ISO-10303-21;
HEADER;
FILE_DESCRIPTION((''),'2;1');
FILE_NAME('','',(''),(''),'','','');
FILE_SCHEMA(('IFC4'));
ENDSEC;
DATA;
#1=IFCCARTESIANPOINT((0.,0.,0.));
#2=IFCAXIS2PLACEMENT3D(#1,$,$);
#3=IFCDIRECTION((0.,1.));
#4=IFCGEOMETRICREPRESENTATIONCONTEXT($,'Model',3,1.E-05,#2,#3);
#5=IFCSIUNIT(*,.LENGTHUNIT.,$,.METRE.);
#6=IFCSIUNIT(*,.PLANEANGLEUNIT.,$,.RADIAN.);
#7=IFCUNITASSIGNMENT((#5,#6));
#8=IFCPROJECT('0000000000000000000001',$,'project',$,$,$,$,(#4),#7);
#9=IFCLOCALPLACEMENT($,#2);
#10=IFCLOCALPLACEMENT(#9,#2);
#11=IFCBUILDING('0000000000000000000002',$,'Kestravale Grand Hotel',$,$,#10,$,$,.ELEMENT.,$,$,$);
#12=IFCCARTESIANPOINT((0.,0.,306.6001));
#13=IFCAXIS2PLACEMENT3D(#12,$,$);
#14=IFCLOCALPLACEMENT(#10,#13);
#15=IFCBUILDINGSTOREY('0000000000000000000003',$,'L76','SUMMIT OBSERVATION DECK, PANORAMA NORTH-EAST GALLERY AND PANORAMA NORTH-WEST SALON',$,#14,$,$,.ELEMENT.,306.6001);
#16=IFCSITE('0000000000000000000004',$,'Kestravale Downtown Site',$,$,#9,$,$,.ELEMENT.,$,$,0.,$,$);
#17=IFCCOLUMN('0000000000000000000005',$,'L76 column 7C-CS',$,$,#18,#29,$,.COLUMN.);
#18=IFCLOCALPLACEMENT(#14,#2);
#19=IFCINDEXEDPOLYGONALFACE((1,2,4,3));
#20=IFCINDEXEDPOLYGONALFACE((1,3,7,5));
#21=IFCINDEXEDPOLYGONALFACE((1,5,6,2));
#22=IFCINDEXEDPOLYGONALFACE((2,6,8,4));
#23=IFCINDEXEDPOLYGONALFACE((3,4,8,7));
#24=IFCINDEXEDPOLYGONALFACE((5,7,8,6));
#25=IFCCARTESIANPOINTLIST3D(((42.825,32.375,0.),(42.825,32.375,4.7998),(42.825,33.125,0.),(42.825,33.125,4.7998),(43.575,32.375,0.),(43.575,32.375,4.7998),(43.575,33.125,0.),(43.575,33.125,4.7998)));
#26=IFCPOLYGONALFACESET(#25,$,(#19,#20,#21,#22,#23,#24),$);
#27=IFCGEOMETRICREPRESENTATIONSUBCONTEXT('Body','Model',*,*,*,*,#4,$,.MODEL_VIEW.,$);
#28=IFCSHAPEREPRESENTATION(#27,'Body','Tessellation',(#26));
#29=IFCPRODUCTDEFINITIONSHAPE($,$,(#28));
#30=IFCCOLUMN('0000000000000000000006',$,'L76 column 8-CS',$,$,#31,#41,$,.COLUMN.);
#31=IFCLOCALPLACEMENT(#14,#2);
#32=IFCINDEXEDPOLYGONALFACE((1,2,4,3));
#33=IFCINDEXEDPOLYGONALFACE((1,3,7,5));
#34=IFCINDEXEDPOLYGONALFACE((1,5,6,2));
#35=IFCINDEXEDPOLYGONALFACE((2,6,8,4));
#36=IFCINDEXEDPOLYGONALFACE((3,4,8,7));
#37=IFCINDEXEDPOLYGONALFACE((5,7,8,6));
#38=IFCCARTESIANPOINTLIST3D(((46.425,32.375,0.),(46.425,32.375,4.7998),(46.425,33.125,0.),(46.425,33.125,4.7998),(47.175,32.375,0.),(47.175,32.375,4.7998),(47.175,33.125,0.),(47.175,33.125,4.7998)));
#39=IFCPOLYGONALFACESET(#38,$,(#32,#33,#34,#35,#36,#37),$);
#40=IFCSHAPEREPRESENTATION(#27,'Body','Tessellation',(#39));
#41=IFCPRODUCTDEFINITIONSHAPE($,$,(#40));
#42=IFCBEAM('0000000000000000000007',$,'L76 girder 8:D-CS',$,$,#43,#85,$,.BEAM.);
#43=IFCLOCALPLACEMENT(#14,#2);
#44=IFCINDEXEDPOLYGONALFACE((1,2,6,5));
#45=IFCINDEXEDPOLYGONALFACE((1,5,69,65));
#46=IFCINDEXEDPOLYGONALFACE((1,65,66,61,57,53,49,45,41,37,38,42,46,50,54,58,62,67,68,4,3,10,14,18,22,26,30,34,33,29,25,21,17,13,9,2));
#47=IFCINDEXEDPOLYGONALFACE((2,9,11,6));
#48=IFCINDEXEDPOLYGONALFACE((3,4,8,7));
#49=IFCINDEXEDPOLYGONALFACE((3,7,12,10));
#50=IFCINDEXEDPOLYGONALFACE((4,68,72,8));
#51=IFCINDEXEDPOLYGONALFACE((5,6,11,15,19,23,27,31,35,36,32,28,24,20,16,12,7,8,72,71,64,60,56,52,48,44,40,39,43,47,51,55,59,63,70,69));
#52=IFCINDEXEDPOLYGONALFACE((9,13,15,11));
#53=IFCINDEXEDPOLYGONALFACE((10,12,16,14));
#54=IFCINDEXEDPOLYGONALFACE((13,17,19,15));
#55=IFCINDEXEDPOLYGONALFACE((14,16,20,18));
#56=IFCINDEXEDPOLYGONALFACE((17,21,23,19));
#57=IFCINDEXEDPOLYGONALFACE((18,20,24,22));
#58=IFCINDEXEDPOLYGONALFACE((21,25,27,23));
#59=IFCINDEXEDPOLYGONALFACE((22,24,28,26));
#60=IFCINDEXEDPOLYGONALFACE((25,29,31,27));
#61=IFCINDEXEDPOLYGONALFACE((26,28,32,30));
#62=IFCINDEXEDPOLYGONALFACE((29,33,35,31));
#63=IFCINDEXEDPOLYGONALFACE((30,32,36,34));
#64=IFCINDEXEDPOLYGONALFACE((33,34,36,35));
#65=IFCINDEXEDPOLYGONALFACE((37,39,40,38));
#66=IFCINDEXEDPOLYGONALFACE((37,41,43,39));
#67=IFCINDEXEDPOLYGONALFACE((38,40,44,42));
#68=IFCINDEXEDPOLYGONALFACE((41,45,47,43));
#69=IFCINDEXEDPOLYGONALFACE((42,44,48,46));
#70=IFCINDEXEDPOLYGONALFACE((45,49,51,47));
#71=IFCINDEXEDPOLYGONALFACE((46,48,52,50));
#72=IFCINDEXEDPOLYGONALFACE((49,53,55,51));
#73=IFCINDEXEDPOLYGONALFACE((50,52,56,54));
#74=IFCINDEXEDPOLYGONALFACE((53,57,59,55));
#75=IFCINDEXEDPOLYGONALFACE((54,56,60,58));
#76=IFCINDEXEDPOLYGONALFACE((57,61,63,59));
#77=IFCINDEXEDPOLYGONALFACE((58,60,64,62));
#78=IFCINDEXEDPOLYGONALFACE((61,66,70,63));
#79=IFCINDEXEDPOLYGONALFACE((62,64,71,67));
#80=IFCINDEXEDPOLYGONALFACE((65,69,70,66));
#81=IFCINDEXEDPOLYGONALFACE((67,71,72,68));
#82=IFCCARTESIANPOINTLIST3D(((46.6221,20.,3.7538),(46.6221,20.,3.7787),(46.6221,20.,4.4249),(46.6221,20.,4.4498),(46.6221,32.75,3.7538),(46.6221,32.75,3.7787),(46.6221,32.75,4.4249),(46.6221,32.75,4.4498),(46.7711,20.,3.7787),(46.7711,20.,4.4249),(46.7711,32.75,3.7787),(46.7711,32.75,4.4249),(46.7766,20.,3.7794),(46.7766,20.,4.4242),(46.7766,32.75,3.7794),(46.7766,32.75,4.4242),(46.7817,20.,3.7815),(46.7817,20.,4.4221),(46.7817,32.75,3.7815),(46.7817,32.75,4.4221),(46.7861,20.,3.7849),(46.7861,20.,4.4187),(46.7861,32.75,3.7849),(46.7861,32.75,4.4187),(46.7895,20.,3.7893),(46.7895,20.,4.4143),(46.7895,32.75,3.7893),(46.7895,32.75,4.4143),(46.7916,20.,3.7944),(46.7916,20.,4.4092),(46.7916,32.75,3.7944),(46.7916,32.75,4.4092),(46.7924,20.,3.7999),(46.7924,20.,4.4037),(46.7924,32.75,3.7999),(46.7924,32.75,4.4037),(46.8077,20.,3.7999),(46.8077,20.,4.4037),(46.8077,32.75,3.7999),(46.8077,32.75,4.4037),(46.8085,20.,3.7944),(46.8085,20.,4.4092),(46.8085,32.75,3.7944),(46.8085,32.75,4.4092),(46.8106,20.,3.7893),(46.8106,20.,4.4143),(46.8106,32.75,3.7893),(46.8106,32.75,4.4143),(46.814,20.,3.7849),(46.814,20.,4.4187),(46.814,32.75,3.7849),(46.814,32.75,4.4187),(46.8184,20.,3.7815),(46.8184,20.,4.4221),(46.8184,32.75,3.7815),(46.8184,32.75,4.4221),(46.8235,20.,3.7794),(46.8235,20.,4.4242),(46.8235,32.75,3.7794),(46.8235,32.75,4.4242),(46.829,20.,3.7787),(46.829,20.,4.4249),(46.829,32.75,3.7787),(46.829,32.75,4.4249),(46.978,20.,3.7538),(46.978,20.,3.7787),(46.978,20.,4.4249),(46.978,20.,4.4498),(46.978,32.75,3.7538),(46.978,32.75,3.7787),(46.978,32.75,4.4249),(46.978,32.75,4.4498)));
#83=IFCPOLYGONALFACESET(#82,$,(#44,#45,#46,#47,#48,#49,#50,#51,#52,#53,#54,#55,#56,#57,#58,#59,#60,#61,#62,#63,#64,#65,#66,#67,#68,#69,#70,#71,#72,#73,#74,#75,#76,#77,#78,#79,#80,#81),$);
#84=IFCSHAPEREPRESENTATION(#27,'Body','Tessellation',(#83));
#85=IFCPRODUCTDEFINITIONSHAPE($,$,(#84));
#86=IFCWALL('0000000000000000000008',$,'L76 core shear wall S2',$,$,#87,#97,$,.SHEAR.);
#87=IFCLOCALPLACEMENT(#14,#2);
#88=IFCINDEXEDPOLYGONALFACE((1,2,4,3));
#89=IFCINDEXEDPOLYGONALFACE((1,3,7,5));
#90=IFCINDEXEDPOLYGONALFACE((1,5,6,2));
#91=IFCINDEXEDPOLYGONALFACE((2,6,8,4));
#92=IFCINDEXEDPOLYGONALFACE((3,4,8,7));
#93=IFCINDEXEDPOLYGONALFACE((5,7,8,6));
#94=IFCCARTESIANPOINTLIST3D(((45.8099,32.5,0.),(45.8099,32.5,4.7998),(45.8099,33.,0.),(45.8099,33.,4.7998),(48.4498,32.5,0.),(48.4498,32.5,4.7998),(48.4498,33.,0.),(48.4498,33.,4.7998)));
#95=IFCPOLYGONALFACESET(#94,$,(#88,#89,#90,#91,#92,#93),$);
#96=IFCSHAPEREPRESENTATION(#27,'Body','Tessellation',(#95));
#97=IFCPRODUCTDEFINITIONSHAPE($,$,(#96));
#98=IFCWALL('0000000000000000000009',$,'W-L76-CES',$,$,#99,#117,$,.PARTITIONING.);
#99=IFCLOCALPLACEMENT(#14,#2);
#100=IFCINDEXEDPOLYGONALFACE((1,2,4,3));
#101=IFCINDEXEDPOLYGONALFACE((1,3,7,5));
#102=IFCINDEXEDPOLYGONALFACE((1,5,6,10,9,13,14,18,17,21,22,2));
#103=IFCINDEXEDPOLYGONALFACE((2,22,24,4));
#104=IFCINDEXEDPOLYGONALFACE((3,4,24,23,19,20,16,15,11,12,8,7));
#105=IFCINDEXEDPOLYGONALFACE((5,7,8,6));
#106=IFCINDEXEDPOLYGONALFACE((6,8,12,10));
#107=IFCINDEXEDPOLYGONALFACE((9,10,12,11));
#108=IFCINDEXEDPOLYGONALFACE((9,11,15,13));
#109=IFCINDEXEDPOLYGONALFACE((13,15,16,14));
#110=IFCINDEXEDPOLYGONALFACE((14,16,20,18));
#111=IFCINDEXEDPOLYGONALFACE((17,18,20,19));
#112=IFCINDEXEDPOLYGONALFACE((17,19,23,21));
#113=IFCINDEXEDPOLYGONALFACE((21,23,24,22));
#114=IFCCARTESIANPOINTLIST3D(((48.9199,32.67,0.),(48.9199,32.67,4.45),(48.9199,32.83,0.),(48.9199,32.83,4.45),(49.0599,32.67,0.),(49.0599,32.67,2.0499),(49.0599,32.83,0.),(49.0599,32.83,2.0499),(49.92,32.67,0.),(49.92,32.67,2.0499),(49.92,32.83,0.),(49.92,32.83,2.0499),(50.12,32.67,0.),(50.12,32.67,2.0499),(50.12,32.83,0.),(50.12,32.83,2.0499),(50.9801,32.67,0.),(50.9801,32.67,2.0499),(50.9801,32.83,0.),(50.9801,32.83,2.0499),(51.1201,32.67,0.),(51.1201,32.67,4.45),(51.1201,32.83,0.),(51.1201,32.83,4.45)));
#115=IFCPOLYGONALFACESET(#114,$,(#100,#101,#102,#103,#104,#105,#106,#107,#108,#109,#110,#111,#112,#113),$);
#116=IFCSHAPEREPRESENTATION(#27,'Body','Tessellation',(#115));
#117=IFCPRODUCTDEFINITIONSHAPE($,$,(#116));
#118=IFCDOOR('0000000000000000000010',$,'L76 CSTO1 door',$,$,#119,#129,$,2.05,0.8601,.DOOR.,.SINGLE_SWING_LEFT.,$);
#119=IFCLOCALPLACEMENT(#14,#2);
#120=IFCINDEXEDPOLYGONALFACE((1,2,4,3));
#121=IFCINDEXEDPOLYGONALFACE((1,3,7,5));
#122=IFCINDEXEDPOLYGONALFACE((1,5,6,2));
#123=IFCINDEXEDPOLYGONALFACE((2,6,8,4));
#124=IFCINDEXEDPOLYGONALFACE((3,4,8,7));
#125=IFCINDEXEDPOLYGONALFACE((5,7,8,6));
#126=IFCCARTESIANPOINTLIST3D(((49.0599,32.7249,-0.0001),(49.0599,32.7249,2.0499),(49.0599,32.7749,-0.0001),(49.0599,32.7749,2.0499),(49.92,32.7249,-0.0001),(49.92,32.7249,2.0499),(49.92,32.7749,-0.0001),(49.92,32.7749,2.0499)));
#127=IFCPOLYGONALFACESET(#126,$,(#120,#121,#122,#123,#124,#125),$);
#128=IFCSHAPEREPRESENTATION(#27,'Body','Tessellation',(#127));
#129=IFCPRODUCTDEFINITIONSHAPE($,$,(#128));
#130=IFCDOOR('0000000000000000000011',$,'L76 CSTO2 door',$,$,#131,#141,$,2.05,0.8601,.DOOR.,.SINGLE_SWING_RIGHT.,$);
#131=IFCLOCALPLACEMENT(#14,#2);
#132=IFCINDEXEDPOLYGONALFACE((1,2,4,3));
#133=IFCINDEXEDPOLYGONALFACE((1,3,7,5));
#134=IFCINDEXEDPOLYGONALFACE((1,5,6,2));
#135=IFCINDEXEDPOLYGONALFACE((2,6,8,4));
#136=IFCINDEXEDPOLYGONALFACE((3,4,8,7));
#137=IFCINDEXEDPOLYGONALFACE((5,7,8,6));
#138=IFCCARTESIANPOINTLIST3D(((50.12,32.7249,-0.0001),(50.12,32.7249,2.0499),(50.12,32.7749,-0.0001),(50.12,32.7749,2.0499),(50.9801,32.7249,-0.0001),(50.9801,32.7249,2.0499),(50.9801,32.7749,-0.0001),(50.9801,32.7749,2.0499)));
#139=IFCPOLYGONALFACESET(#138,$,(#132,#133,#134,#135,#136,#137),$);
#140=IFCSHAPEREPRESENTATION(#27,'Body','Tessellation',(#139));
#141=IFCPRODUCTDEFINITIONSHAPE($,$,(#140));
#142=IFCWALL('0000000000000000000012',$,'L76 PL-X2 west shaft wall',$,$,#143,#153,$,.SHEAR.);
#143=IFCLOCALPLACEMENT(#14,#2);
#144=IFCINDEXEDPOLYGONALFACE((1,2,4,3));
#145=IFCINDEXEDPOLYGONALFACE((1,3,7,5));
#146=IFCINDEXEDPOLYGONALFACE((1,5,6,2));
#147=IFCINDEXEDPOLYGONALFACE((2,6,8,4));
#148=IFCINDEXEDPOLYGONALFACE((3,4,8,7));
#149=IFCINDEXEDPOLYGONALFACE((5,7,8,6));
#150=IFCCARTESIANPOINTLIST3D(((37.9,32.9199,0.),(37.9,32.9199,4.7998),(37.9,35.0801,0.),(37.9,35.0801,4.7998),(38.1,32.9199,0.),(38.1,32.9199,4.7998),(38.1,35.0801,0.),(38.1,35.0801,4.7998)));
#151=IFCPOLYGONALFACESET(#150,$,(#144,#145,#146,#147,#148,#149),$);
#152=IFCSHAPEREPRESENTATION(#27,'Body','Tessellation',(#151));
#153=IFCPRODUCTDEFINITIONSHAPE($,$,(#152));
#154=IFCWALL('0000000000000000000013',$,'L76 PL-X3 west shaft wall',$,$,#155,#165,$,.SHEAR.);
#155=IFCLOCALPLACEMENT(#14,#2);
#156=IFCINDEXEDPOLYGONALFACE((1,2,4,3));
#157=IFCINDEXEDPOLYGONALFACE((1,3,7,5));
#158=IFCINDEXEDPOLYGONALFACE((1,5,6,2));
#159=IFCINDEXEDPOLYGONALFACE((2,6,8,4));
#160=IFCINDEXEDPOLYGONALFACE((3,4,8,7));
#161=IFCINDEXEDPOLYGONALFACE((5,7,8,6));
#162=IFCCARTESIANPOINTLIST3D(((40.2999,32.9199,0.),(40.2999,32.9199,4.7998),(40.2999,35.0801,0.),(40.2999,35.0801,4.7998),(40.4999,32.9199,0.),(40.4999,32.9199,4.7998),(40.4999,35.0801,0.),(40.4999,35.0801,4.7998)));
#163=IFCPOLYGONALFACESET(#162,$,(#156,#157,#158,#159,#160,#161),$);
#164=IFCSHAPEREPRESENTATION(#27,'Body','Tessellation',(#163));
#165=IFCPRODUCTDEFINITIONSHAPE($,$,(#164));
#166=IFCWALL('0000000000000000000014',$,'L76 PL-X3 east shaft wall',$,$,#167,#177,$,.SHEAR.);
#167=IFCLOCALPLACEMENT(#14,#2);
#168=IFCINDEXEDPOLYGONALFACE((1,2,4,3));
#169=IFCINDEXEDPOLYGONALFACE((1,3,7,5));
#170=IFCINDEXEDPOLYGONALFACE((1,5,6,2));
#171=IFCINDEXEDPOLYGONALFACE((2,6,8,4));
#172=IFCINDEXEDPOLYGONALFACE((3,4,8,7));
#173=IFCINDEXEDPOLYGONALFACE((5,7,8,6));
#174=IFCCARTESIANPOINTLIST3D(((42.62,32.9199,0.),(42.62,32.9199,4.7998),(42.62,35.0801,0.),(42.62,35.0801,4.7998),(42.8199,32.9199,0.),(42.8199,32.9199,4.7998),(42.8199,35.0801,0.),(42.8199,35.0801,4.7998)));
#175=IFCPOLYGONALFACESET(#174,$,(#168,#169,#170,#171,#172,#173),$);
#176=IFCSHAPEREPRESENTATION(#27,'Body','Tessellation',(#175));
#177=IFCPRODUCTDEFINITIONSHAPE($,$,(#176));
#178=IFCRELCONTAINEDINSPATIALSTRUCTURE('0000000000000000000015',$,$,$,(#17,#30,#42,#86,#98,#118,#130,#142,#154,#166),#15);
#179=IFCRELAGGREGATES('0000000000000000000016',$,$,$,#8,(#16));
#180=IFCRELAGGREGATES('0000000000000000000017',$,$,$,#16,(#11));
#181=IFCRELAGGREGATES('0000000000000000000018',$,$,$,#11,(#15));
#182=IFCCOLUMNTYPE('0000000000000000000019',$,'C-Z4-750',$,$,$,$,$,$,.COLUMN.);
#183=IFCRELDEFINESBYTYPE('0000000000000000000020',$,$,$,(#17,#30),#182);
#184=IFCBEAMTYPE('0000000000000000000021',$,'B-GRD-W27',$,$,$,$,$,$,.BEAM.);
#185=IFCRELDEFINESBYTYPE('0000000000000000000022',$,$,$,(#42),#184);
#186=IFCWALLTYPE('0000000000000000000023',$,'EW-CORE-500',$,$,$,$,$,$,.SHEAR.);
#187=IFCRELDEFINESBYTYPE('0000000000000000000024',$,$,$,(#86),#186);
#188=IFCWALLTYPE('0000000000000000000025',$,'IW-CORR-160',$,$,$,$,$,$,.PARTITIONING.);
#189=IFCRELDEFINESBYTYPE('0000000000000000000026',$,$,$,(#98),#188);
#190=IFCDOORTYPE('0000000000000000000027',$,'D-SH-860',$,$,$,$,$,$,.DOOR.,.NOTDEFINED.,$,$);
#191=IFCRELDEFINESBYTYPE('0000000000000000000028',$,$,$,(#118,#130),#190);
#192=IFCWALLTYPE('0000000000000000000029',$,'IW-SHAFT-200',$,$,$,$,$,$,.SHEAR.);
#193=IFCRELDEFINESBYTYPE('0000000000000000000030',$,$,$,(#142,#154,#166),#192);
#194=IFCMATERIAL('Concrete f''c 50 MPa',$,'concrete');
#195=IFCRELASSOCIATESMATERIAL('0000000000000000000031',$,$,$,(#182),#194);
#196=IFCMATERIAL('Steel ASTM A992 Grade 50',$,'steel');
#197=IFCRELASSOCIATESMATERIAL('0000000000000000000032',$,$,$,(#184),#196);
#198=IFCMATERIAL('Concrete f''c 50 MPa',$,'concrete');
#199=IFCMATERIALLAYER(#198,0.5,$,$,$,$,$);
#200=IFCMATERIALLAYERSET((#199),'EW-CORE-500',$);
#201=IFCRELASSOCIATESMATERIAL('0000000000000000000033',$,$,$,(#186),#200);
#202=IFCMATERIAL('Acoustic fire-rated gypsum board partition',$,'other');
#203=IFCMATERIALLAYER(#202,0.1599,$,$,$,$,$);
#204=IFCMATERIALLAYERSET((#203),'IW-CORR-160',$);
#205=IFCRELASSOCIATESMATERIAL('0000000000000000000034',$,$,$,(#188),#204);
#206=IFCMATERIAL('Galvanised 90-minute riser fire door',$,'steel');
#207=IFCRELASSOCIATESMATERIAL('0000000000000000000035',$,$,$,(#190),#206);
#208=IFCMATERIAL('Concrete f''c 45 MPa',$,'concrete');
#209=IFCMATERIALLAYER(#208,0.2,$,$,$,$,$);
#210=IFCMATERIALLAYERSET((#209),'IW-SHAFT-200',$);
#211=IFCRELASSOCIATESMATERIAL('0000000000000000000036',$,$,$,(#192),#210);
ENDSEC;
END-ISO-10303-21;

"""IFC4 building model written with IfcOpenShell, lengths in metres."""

from ifc_helpers import new_model, si_unit, direction, frame, frame_2d, origin, origin_2d, place, context, subcontext, project, spatial, rectangle, i_section, extrude, material, layer, layer_set, material_profile, profile_set, type_object, element, fill, save


model = new_model("IFC4")

# Units and contexts
model_context = context("Model", 3, precision=1e-05, world=origin(), true_north=direction((0.0, 1.0)))
body_context = subcontext(model_context, "Body", "Model", "MODEL_VIEW")
ifc_project = project(units=[si_unit("LENGTHUNIT", "METRE"), si_unit("PLANEANGLEUNIT", "RADIAN")], contexts=[model_context])

# Site, building, storey
site_placement = place(None, origin())
site = spatial("IfcSite", under=ifc_project, at=site_placement, Name="Kestravale Downtown Site", CompositionType="ELEMENT", RefElevation=0.0)
building_placement = place(site_placement, origin())
building = spatial("IfcBuilding", under=site, at=building_placement, Name="Kestravale Grand Hotel", CompositionType="ELEMENT")
storey_placement = place(building_placement, frame((0.0, 0.0, 306.6001)))
storey = spatial("IfcBuildingStorey", under=building, at=storey_placement, Name="L76", Description="SUMMIT OBSERVATION DECK, PANORAMA NORTH-EAST GALLERY AND PANORAMA NORTH-WEST SALON", CompositionType="ELEMENT", Elevation=306.6001)

# Columns
ifc_material_1 = material(Name="Concrete f'c 50 MPa", Category="concrete")
ifc_material_profile_1 = material_profile(ifc_material_1, rectangle(XDim=0.75, YDim=0.75, at=origin_2d()))
ifc_profile_set_1 = profile_set([ifc_material_profile_1], Name="Concrete f'c 50 MPa")
column_type = type_object("IfcColumnType", Name="C-Z4-750", PredefinedType="COLUMN", material=ifc_profile_set_1)
for number, where, z_axis, x_axis, name in (
    (1, (43.2, 32.75, 0.0), (0.0, 0.0, 1.0), (1.0, 0.0, 0.0), "L76 column 7C-CS"),
    (2, (46.8, 32.75, 0.0), (0.0, 0.0, 1.0), (1.0, 0.0, 0.0), "L76 column 8-CS"),
):
    element("IfcColumn", number, at=place(storey_placement, frame(where, z_axis=z_axis, x_axis=x_axis)), inside=storey, type_object=column_type, Name=name, PredefinedType="COLUMN", context=body_context, shape_type="SweptSolid", body=[
        extrude(rectangle(XDim=0.75, YDim=0.75, at=origin_2d()), origin(), (0.0, 0.0, 1.0), 4.7998),
    ])

# Beam
ifc_material_2 = material(Name="Steel ASTM A992 Grade 50", Category="steel")
ifc_material_profile_2 = material_profile(ifc_material_2, i_section(OverallWidth=0.356, OverallDepth=0.696, WebThickness=0.0154, FlangeThickness=0.0249, FilletRadius=0.0212, at=origin_2d()))
ifc_profile_set_2 = profile_set([ifc_material_profile_2], Name="Steel ASTM A992 Grade 50")
beam_type = type_object("IfcBeamType", Name="B-GRD-W27", PredefinedType="BEAM", material=ifc_profile_set_2)
beam_placement = place(storey_placement, frame((46.8, 20.0, 4.1018), z_axis=(0.0, 1.0, 0.0), x_axis=(-1.0, 0.0, 0.0)))
element("IfcBeam", 3, at=beam_placement, inside=storey, type_object=beam_type, Name="L76 girder 8:D-CS", PredefinedType="BEAM", context=body_context, shape_type="SweptSolid", body=[
    extrude(i_section(OverallWidth=0.356, OverallDepth=0.696, WebThickness=0.0154, FlangeThickness=0.0249, FilletRadius=0.0212, at=origin_2d()), origin(), (0.0, 0.0, 1.0), 12.75),
])

# Wall
ifc_material_3 = material(Name="Concrete f'c 50 MPa", Category="concrete")
ifc_layer_1 = layer(ifc_material_3, 0.5)
ifc_layer_set_1 = layer_set([ifc_layer_1], Name="EW-CORE-500")
wall_type_1 = type_object("IfcWallType", Name="EW-CORE-500", PredefinedType="SHEAR", material=ifc_layer_set_1)
wall_1_placement = place(storey_placement, frame((45.8101, 32.75, 0.0), z_axis=(0.0, 0.0, 1.0), x_axis=(1.0, 0.0, 0.0)))
element("IfcWall", 4, at=wall_1_placement, inside=storey, type_object=wall_type_1, Name="L76 core shear wall S2", PredefinedType="SHEAR", context=body_context, shape_type="SweptSolid", body=[
    extrude(rectangle(XDim=2.6399, YDim=0.5, at=frame_2d((1.3198, 0.0))), origin(), (0.0, 0.0, 1.0), 4.7998),
])

# Wall, openings, doors
ifc_material_4 = material(Name="Acoustic fire-rated gypsum board partition", Category="other")
ifc_layer_2 = layer(ifc_material_4, 0.1599)
ifc_layer_set_2 = layer_set([ifc_layer_2], Name="IW-CORR-160")
wall_type_2 = type_object("IfcWallType", Name="IW-CORR-160", PredefinedType="PARTITIONING", material=ifc_layer_set_2)
wall_2_placement = place(storey_placement, frame((48.9199, 32.75, 0.0), z_axis=(0.0, 0.0, 1.0), x_axis=(1.0, 0.0, 0.0)))
wall_2 = element("IfcWall", 5, at=wall_2_placement, inside=storey, type_object=wall_type_2, Name="W-L76-CES", PredefinedType="PARTITIONING", context=body_context, shape_type="SweptSolid", body=[
    extrude(rectangle(XDim=2.2002, YDim=0.1599, at=frame_2d((1.1001, 0.0))), origin(), (0.0, 0.0, 1.0), 4.45),
])
opening_1_placement = place(wall_2_placement, frame((0.1399, 0.0, 0.0)))
opening_1 = element("IfcOpeningElement", 6, at=opening_1_placement, cuts=wall_2, PredefinedType="OPENING", context=body_context, shape_type="SweptSolid", body=[
    extrude(rectangle(XDim=0.8601, YDim=2.05, at=frame_2d((0.4302, 1.0249))), frame((0.0, 0.0898, 0.0), z_axis=(0.0, -1.0, 0.0), x_axis=(1.0, 0.0, 0.0)), (0.0, 0.0, 1.0), 0.1799),
])
opening_2_placement = place(wall_2_placement, frame((1.2, 0.0, 0.0)))
opening_2 = element("IfcOpeningElement", 7, at=opening_2_placement, cuts=wall_2, PredefinedType="OPENING", context=body_context, shape_type="SweptSolid", body=[
    extrude(rectangle(XDim=0.8601, YDim=2.05, at=frame_2d((0.4302, 1.0249))), frame((0.0, 0.0898, 0.0), z_axis=(0.0, -1.0, 0.0), x_axis=(1.0, 0.0, 0.0)), (0.0, 0.0, 1.0), 0.1799),
])
ifc_material_5 = material(Name="Galvanised 90-minute riser fire door", Category="steel")
door_type_1 = type_object("IfcDoorType", Name="D-SH-860", OperationType="NOTDEFINED", PredefinedType="DOOR", material=ifc_material_5)
door_1_placement = place(opening_1_placement, origin())
door_1 = element("IfcDoor", 8, at=door_1_placement, inside=storey, type_object=door_type_1, Name="L76 CSTO1 door", OperationType="SINGLE_SWING_LEFT", OverallHeight=2.05, OverallWidth=0.8601, PredefinedType="DOOR", context=body_context, shape_type="SweptSolid", body=[
    extrude(rectangle(XDim=0.8601, YDim=2.05, at=frame_2d((0.4302, 1.0249))), frame((0.0, 0.0249, 0.0), z_axis=(0.0, -1.0, 0.0), x_axis=(1.0, 0.0, 0.0)), (0.0, 0.0, 1.0), 0.05),
])
fill(opening_1, door_1)
door_2_placement = place(opening_2_placement, origin())
door_2 = element("IfcDoor", 9, at=door_2_placement, inside=storey, type_object=door_type_1, Name="L76 CSTO2 door", OperationType="SINGLE_SWING_RIGHT", OverallHeight=2.05, OverallWidth=0.8601, PredefinedType="DOOR", context=body_context, shape_type="SweptSolid", body=[
    extrude(rectangle(XDim=0.8601, YDim=2.05, at=frame_2d((0.4302, 1.0249))), frame((0.0, 0.0249, 0.0), z_axis=(0.0, -1.0, 0.0), x_axis=(1.0, 0.0, 0.0)), (0.0, 0.0, 1.0), 0.05),
])
fill(opening_2, door_2)

# Walls
ifc_material_6 = material(Name="Concrete f'c 45 MPa", Category="concrete")
ifc_layer_3 = layer(ifc_material_6, 0.2)
ifc_layer_set_3 = layer_set([ifc_layer_3], Name="IW-SHAFT-200")
wall_type_3 = type_object("IfcWallType", Name="IW-SHAFT-200", PredefinedType="SHEAR", material=ifc_layer_set_3)
for number, where, z_axis, x_axis, name in (
    (10, (38.0, 32.9199, 0.0), (0.0, 0.0, 1.0), (0.0, 1.0, 0.0), "L76 PL-X2 west shaft wall"),
    (11, (40.3999, 32.9199, 0.0), (0.0, 0.0, 1.0), (0.0, 1.0, 0.0), "L76 PL-X3 west shaft wall"),
    (12, (42.72, 32.9199, 0.0), (0.0, 0.0, 1.0), (0.0, 1.0, 0.0), "L76 PL-X3 east shaft wall"),
):
    element("IfcWall", number, at=place(storey_placement, frame(where, z_axis=z_axis, x_axis=x_axis)), inside=storey, type_object=wall_type_3, Name=name, PredefinedType="SHEAR", context=body_context, shape_type="SweptSolid", body=[
        extrude(rectangle(XDim=2.1602, YDim=0.2, at=frame_2d((1.0801, 0.0))), origin(), (0.0, 0.0, 1.0), 4.7998),
    ])

save(model, "model.ifc")
